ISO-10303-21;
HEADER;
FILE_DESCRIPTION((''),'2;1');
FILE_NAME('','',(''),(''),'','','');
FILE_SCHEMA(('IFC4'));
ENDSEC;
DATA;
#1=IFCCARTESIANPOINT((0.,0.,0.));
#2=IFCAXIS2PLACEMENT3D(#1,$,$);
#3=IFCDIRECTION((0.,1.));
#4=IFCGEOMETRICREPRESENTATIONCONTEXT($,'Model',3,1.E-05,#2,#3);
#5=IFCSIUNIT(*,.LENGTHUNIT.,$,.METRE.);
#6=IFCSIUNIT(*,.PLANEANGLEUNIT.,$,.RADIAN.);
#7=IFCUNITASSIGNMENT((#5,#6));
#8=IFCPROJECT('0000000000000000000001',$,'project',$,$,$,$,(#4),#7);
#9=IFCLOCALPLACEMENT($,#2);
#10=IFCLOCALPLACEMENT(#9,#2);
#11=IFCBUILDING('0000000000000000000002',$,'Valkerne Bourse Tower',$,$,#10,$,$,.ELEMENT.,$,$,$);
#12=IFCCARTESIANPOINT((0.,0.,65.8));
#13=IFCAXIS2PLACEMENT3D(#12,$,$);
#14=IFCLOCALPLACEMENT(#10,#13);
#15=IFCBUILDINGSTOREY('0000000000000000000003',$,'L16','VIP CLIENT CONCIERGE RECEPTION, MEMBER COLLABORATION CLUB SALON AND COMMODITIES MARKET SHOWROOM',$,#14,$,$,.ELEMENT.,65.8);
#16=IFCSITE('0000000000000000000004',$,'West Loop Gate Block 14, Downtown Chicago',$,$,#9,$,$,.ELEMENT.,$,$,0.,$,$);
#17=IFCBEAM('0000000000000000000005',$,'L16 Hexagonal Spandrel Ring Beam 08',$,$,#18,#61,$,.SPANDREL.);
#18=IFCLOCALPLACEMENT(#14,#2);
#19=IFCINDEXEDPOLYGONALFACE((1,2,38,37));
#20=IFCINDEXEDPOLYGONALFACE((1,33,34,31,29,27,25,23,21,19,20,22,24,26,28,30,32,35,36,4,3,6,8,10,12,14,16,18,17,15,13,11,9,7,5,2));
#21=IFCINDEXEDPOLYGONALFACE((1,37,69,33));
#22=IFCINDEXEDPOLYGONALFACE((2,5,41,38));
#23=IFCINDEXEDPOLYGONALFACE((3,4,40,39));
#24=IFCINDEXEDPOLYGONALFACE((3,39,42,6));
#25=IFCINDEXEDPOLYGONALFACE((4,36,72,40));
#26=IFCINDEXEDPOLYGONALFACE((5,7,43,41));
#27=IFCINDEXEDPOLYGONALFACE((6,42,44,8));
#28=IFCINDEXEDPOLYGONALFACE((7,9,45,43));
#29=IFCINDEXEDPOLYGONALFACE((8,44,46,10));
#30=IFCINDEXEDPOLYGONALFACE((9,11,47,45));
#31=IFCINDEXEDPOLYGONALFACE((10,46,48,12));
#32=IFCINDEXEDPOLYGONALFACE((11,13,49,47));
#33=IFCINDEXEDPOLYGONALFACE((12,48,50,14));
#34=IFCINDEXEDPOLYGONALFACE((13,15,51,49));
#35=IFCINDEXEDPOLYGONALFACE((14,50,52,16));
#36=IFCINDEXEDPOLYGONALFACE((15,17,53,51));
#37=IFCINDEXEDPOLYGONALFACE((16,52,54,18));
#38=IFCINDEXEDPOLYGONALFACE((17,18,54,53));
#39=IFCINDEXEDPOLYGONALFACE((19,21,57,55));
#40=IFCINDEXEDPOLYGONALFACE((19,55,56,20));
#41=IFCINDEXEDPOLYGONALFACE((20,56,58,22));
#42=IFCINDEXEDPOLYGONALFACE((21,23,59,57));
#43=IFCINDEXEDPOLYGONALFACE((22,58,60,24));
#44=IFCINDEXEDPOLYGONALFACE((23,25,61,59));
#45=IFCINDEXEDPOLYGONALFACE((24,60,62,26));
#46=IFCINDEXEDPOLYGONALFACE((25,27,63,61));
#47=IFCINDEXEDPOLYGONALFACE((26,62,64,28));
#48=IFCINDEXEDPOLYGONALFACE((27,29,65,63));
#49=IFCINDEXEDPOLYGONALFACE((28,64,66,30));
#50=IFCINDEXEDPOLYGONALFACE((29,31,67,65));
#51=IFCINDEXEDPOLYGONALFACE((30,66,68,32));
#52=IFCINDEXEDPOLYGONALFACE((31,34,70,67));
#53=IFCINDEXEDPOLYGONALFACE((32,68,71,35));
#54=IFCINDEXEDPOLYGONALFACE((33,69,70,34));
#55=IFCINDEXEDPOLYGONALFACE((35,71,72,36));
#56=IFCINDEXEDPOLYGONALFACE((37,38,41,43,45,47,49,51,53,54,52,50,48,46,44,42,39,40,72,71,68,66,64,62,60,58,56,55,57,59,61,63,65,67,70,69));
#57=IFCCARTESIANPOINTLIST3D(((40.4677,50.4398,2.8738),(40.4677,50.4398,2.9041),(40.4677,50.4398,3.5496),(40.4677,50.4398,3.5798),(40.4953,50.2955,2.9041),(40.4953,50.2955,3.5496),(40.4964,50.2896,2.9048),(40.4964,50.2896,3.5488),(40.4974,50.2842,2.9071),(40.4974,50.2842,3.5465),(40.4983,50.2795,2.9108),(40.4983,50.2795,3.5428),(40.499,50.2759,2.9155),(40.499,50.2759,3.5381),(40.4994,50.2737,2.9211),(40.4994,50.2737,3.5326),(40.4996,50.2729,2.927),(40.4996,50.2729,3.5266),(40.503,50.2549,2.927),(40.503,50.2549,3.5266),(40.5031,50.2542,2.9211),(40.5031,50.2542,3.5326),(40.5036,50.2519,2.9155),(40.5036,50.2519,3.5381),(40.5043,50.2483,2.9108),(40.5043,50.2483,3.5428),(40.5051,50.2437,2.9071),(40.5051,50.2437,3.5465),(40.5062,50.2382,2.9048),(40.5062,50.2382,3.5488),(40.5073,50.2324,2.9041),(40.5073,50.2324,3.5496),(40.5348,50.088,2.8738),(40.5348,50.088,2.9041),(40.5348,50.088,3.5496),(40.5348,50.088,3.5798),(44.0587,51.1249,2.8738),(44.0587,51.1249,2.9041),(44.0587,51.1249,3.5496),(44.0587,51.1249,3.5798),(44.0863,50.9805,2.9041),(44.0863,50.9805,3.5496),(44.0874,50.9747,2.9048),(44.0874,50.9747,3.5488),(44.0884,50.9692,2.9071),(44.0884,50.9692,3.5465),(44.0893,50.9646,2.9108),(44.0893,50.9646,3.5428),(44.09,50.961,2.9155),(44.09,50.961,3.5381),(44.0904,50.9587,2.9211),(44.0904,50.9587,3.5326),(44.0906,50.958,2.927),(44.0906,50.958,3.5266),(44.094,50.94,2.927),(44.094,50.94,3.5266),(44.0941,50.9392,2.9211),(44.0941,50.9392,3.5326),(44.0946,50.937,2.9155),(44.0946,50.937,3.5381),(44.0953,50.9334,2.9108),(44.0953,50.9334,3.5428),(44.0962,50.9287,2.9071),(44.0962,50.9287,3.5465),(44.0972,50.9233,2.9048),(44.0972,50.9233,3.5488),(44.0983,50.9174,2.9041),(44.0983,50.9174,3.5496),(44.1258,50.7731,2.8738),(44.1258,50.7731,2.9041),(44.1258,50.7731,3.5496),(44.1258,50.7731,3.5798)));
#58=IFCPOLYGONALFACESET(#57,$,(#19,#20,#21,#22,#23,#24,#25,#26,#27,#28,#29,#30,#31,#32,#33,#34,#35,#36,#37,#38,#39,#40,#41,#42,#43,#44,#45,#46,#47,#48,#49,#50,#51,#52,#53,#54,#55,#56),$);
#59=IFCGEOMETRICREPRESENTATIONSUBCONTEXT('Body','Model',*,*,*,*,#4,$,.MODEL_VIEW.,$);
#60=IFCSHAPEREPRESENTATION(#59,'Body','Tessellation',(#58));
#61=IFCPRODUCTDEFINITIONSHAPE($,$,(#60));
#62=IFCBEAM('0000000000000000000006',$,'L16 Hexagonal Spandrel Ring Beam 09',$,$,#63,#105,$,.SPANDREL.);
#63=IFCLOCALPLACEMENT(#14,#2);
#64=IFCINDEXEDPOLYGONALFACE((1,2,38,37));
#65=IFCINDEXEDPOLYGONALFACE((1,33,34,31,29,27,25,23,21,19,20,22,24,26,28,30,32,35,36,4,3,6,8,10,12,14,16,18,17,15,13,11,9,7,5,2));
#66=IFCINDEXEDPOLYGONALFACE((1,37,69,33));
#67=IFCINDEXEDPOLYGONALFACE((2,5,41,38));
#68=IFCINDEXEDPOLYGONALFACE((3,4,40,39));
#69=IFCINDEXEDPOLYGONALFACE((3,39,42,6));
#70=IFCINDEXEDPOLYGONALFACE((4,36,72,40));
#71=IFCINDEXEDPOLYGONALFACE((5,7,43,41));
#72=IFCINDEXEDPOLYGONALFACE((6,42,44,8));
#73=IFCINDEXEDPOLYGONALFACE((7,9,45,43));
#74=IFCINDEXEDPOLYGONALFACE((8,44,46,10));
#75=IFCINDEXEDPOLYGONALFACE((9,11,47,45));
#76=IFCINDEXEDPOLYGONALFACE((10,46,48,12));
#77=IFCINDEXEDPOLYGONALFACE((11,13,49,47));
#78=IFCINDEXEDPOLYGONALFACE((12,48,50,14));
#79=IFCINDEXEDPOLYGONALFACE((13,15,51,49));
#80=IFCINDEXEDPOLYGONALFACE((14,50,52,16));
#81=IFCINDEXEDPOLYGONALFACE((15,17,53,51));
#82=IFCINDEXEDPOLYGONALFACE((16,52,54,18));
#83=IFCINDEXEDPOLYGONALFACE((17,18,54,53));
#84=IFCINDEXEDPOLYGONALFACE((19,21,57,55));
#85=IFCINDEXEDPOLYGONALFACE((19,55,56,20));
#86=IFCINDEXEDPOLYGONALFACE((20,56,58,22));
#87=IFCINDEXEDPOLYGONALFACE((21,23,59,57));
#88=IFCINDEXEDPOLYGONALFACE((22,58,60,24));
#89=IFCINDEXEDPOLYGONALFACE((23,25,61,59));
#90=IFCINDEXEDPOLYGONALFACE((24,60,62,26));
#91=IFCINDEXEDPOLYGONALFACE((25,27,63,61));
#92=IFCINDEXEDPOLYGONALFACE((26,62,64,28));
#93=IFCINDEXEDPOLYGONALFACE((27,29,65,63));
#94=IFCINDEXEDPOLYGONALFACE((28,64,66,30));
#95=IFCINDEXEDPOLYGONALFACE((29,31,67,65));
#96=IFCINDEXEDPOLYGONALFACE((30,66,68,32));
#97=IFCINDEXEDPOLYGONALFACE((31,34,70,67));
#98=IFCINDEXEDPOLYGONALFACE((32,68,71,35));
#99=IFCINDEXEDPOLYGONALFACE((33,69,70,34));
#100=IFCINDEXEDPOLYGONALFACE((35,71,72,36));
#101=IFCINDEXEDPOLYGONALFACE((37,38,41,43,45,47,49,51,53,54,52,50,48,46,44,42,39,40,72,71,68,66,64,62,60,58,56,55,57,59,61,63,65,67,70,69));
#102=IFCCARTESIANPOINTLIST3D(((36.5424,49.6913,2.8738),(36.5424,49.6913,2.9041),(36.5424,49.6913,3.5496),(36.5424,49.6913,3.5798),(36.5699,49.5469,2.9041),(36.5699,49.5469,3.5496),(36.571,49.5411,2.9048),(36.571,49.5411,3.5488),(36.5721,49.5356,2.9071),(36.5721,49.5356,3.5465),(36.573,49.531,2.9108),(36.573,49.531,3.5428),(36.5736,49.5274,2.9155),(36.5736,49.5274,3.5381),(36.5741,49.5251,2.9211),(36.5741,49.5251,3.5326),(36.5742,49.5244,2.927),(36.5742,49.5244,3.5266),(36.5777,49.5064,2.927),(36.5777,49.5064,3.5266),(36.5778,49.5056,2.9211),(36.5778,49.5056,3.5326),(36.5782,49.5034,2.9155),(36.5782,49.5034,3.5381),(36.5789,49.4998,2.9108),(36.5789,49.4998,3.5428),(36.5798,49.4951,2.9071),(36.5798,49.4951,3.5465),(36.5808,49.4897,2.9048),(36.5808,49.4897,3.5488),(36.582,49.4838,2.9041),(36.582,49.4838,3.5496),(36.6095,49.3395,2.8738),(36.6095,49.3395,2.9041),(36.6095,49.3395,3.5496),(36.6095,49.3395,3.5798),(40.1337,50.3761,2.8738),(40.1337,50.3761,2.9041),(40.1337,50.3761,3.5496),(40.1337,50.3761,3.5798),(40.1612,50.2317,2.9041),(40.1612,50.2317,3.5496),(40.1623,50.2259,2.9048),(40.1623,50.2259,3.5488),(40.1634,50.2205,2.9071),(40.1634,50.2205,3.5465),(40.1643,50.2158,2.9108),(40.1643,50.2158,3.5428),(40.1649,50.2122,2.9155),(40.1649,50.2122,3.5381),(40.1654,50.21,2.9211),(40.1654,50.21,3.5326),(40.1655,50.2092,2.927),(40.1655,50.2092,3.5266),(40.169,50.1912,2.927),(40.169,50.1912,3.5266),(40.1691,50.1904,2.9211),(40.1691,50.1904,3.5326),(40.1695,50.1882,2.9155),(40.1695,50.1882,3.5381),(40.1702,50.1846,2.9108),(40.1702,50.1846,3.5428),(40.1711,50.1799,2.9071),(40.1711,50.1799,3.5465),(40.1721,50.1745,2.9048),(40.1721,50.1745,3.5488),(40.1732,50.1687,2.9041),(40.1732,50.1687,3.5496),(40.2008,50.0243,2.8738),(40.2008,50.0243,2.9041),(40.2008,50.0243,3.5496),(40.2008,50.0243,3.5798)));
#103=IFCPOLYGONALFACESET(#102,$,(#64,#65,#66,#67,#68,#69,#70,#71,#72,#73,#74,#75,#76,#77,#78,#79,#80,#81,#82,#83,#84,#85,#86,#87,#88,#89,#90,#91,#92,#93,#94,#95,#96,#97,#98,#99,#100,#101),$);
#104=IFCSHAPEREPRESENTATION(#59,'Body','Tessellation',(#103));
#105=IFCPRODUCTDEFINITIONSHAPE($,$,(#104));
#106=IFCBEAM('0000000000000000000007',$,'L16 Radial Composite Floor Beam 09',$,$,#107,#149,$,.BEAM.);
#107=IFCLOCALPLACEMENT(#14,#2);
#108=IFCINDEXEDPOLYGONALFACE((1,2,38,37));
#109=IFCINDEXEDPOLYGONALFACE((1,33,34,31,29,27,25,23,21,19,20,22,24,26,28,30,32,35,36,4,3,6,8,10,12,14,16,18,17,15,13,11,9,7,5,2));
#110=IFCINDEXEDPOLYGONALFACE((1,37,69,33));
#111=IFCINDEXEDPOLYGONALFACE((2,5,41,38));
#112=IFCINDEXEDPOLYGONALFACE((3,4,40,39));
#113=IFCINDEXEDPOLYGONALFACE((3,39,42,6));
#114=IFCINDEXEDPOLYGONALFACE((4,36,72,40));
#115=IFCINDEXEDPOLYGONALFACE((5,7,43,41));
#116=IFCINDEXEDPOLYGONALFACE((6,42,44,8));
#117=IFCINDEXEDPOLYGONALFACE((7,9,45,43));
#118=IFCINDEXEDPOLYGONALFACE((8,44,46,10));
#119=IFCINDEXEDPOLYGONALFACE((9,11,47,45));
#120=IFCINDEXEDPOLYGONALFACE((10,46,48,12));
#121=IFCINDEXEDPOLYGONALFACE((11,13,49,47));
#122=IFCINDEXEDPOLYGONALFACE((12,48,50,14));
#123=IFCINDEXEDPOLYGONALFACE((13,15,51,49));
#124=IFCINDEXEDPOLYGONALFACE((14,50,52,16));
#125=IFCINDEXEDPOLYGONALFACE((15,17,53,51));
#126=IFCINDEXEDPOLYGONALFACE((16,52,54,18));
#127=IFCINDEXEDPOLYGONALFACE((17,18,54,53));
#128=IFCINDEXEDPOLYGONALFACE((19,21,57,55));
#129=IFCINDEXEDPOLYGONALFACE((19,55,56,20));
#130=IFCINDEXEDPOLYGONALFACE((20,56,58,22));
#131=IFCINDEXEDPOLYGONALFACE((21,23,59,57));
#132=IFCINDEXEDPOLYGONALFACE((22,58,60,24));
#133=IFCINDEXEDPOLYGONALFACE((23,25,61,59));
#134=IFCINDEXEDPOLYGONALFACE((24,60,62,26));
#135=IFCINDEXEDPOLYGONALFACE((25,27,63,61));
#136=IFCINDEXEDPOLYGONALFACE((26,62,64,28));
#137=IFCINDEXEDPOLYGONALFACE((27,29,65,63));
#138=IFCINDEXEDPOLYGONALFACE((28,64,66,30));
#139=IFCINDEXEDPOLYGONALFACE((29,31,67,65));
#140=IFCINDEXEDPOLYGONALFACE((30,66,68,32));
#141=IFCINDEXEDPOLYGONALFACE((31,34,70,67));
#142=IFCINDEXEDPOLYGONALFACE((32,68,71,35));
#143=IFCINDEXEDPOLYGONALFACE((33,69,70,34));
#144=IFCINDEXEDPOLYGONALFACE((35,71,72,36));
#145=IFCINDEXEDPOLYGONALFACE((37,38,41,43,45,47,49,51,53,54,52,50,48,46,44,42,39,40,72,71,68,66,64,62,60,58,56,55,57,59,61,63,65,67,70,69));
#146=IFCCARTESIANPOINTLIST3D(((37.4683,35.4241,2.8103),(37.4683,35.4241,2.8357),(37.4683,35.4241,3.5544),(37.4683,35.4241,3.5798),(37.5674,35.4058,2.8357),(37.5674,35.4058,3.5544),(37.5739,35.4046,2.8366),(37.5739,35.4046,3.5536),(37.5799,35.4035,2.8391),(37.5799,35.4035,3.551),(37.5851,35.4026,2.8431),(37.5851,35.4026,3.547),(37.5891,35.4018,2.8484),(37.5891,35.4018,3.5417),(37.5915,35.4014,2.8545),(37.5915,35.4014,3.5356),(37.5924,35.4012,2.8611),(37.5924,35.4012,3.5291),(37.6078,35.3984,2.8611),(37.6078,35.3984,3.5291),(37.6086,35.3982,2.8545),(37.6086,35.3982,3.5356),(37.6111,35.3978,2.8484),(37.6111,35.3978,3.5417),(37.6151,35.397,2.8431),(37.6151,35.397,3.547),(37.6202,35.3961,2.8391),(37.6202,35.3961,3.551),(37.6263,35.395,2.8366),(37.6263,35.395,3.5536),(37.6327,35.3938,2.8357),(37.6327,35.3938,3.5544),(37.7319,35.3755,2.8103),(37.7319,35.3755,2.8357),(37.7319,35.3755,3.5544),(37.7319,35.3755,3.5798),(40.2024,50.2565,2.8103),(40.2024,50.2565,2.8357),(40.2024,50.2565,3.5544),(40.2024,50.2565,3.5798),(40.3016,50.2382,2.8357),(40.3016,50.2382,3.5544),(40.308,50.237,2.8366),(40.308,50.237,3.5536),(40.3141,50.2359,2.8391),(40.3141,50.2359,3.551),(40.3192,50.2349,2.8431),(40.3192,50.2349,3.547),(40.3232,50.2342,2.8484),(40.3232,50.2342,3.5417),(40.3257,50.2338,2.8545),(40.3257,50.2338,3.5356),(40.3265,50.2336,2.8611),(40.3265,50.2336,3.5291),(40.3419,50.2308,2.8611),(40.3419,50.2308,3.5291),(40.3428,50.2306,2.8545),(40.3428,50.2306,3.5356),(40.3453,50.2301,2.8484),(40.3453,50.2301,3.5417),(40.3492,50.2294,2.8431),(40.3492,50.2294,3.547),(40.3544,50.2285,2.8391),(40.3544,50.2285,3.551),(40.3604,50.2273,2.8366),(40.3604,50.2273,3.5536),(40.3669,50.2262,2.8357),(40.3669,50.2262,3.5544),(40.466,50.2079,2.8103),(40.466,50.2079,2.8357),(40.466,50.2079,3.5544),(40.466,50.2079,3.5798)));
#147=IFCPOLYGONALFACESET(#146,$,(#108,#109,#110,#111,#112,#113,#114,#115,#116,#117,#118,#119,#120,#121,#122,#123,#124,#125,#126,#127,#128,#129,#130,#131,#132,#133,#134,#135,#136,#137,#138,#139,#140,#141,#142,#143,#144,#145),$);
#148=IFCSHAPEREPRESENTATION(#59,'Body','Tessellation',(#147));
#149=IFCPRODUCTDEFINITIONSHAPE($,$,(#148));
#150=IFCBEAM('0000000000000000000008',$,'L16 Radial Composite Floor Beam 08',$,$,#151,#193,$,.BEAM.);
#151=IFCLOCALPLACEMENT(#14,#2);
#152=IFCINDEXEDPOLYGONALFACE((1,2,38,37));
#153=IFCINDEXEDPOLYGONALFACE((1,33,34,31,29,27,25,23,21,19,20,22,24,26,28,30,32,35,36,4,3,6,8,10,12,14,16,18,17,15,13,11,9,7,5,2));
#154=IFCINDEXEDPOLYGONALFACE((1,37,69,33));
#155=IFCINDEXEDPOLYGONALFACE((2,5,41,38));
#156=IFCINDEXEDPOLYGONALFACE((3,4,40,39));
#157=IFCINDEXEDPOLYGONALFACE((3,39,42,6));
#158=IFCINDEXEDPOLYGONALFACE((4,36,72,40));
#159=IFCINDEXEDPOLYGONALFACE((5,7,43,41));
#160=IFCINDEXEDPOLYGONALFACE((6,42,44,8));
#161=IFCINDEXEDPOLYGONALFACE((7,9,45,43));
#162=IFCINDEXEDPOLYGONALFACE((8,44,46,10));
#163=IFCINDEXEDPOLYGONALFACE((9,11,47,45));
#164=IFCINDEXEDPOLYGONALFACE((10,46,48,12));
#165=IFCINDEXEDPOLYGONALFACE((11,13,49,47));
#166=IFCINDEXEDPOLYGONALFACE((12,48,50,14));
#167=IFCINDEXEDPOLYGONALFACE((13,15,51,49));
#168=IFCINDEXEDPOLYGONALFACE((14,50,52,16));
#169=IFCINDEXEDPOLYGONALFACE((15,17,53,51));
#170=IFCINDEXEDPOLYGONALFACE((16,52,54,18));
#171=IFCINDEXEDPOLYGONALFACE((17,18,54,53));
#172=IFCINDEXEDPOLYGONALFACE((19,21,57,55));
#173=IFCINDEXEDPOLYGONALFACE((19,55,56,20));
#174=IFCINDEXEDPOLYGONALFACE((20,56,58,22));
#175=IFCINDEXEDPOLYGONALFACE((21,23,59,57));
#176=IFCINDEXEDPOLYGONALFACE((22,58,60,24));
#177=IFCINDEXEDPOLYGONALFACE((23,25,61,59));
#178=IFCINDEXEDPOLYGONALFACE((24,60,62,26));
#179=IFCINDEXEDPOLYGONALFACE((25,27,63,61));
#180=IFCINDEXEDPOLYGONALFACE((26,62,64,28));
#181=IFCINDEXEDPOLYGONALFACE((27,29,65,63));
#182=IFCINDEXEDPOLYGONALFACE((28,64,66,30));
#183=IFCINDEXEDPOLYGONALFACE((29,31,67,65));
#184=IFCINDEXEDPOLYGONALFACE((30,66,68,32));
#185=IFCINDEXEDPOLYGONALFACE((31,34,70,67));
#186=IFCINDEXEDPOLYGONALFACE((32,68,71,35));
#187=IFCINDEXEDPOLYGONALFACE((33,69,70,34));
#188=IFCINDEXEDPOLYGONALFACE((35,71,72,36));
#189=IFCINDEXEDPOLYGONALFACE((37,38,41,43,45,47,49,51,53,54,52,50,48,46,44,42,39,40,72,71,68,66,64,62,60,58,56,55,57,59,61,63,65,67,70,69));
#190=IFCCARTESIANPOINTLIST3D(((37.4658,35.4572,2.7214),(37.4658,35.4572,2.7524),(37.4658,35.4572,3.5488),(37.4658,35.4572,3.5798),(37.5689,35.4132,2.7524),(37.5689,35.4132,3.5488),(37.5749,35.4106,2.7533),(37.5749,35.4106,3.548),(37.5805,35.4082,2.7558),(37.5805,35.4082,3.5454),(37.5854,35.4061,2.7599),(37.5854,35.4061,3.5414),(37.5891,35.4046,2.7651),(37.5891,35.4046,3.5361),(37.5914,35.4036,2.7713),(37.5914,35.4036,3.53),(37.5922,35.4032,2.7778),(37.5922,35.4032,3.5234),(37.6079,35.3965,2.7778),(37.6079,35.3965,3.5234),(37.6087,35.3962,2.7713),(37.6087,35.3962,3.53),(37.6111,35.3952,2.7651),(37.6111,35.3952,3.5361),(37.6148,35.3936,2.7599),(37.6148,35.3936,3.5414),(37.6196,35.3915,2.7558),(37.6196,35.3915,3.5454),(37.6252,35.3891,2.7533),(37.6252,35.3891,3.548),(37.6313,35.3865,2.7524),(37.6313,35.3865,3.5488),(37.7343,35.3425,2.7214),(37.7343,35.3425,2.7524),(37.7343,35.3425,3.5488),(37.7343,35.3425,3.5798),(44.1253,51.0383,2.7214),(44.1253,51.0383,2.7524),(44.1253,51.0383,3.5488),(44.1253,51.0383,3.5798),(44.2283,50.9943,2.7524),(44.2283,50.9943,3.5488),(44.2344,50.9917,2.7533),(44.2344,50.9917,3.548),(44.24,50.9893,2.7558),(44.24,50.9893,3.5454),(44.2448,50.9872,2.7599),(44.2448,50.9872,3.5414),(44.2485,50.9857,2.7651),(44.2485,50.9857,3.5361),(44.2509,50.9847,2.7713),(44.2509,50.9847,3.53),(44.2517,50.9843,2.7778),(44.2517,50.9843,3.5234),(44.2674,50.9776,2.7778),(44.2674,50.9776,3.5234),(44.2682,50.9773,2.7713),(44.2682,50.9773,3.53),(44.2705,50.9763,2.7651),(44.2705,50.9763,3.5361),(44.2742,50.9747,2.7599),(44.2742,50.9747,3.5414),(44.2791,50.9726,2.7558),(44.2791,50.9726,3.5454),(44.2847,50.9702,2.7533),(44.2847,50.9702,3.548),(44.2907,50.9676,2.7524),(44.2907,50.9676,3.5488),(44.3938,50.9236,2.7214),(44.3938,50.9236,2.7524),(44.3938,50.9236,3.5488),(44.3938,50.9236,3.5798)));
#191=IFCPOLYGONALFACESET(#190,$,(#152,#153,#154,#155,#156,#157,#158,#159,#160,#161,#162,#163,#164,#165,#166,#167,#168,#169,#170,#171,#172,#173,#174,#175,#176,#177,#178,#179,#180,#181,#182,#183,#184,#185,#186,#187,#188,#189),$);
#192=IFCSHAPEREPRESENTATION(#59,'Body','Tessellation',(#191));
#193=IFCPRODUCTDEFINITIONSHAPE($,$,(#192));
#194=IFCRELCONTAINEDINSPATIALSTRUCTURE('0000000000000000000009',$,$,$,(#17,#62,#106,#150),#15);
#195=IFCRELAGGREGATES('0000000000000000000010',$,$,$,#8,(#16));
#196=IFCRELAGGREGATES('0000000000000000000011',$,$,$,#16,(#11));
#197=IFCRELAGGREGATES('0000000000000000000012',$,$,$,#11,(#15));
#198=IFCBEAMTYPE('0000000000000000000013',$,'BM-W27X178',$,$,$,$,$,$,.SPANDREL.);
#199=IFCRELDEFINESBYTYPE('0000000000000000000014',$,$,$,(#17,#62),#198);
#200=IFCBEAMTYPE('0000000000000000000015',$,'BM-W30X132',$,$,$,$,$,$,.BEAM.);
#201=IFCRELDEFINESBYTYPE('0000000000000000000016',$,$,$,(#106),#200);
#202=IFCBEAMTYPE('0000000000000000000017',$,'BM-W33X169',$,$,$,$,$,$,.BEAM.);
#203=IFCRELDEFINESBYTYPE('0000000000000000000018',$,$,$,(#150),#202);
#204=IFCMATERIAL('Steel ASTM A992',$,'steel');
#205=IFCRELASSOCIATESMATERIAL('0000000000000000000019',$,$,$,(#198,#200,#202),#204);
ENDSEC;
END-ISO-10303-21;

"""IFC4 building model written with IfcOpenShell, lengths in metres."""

from ifc_helpers import new_model, si_unit, direction, frame, origin, origin_2d, place, context, subcontext, project, spatial, i_section, extrude, material, material_profile, profile_set, type_object, element, save


model = new_model("IFC4")

# Units and contexts
model_context = context("Model", 3, precision=1e-05, world=origin(), true_north=direction((0.0, 1.0)))
body_context = subcontext(model_context, "Body", "Model", "MODEL_VIEW")
ifc_project = project(units=[si_unit("LENGTHUNIT", "METRE"), si_unit("PLANEANGLEUNIT", "RADIAN")], contexts=[model_context])

# Site, building, storey
site_placement = place(None, origin())
site = spatial("IfcSite", under=ifc_project, at=site_placement, Name="West Loop Gate Block 14, Downtown Chicago", CompositionType="ELEMENT", RefElevation=0.0)
building_placement = place(site_placement, origin())
building = spatial("IfcBuilding", under=site, at=building_placement, Name="Valkerne Bourse Tower", CompositionType="ELEMENT")
storey_placement = place(building_placement, frame((0.0, 0.0, 65.8)))
storey = spatial("IfcBuildingStorey", under=building, at=storey_placement, Name="L16", Description="VIP CLIENT CONCIERGE RECEPTION, MEMBER COLLABORATION CLUB SALON AND COMMODITIES MARKET SHOWROOM", CompositionType="ELEMENT", Elevation=65.8)

# Beams
ifc_material_1 = material(Name="Steel ASTM A992", Category="steel")
ifc_material_profile_1 = material_profile(ifc_material_1, i_section(OverallWidth=0.3582, OverallDepth=0.7061, WebThickness=0.0183, FlangeThickness=0.0303, FilletRadius=0.0229, at=origin_2d()), Name="W27X178")
ifc_profile_set_1 = profile_set([ifc_material_profile_1], Name="Steel ASTM A992")
beam_type_1 = type_object("IfcBeamType", Name="BM-W27X178", PredefinedType="SPANDREL", material=ifc_profile_set_1)
for number, where, z_axis, x_axis, name in (
    (1, (44.0923, 50.949, 3.2268), (-0.982286, -0.187388, 0.0), (0.187388, -0.982286, 0.0), "L16 Hexagonal Spandrel Ring Beam 08"),
):
    element("IfcBeam", number, at=place(storey_placement, frame(where, z_axis=z_axis, x_axis=x_axis)), inside=storey, type_object=beam_type_1, Name=name, PredefinedType="SPANDREL", context=body_context, shape_type="SweptSolid", body=[
        extrude(i_section(OverallWidth=0.3582, OverallDepth=0.7061, WebThickness=0.0183, FlangeThickness=0.0303, FilletRadius=0.0229, at=origin_2d()), origin(), (0.0, 0.0, 1.0), 3.6558),
    ])
beam_1_placement = place(storey_placement, frame((40.1672, 50.2002, 3.2268), z_axis=(-0.982301, -0.187312, 0.0), x_axis=(0.187312, -0.982301, 0.0)))
element("IfcBeam", 2, at=beam_1_placement, inside=storey, type_object=beam_type_1, Name="L16 Hexagonal Spandrel Ring Beam 09", PredefinedType="SPANDREL", context=body_context, shape_type="SweptSolid", body=[
    extrude(i_section(OverallWidth=0.3582, OverallDepth=0.7061, WebThickness=0.0183, FlangeThickness=0.0303, FilletRadius=0.0229, at=origin_2d()), origin(), (0.0, 0.0, 1.0), 3.656),
])
ifc_material_profile_2 = material_profile(ifc_material_1, i_section(OverallWidth=0.2681, OverallDepth=0.7695, WebThickness=0.0156, FlangeThickness=0.0254, FilletRadius=0.0254, at=origin_2d()), Name="W30X132")
ifc_profile_set_2 = profile_set([ifc_material_profile_2], Name="Steel ASTM A992")
beam_type_2 = type_object("IfcBeamType", Name="BM-W30X132", PredefinedType="BEAM", material=ifc_profile_set_2)
beam_2_placement = place(storey_placement, frame((40.3342, 50.2322, 3.1951), z_axis=(-0.181282, -0.983431, 0.0), x_axis=(0.983431, -0.181282, 0.0)))
element("IfcBeam", 3, at=beam_2_placement, inside=storey, type_object=beam_type_2, Name="L16 Radial Composite Floor Beam 09", PredefinedType="BEAM", context=body_context, shape_type="SweptSolid", body=[
    extrude(i_section(OverallWidth=0.2681, OverallDepth=0.7695, WebThickness=0.0156, FlangeThickness=0.0254, FilletRadius=0.0254, at=origin_2d()), origin(), (0.0, 0.0, 1.0), 15.0823),
])
ifc_material_profile_3 = material_profile(ifc_material_1, i_section(OverallWidth=0.292, OverallDepth=0.8584, WebThickness=0.0171, FlangeThickness=0.031, FilletRadius=0.0254, at=origin_2d()), Name="W33X169")
ifc_profile_set_3 = profile_set([ifc_material_profile_3], Name="Steel ASTM A992")
beam_type_3 = type_object("IfcBeamType", Name="BM-W33X169", PredefinedType="BEAM", material=ifc_profile_set_3)
beam_3_placement = place(storey_placement, frame((44.2595, 50.981, 3.1506), z_axis=(-0.393013, -0.919533, 0.0), x_axis=(0.919533, -0.393013, 0.0)))
element("IfcBeam", 4, at=beam_3_placement, inside=storey, type_object=beam_type_3, Name="L16 Radial Composite Floor Beam 08", PredefinedType="BEAM", context=body_context, shape_type="SweptSolid", body=[
    extrude(i_section(OverallWidth=0.292, OverallDepth=0.8584, WebThickness=0.0171, FlangeThickness=0.031, FilletRadius=0.0254, at=origin_2d()), origin(), (0.0, 0.0, 1.0), 16.9446),
])

save(model, "model.ifc")
